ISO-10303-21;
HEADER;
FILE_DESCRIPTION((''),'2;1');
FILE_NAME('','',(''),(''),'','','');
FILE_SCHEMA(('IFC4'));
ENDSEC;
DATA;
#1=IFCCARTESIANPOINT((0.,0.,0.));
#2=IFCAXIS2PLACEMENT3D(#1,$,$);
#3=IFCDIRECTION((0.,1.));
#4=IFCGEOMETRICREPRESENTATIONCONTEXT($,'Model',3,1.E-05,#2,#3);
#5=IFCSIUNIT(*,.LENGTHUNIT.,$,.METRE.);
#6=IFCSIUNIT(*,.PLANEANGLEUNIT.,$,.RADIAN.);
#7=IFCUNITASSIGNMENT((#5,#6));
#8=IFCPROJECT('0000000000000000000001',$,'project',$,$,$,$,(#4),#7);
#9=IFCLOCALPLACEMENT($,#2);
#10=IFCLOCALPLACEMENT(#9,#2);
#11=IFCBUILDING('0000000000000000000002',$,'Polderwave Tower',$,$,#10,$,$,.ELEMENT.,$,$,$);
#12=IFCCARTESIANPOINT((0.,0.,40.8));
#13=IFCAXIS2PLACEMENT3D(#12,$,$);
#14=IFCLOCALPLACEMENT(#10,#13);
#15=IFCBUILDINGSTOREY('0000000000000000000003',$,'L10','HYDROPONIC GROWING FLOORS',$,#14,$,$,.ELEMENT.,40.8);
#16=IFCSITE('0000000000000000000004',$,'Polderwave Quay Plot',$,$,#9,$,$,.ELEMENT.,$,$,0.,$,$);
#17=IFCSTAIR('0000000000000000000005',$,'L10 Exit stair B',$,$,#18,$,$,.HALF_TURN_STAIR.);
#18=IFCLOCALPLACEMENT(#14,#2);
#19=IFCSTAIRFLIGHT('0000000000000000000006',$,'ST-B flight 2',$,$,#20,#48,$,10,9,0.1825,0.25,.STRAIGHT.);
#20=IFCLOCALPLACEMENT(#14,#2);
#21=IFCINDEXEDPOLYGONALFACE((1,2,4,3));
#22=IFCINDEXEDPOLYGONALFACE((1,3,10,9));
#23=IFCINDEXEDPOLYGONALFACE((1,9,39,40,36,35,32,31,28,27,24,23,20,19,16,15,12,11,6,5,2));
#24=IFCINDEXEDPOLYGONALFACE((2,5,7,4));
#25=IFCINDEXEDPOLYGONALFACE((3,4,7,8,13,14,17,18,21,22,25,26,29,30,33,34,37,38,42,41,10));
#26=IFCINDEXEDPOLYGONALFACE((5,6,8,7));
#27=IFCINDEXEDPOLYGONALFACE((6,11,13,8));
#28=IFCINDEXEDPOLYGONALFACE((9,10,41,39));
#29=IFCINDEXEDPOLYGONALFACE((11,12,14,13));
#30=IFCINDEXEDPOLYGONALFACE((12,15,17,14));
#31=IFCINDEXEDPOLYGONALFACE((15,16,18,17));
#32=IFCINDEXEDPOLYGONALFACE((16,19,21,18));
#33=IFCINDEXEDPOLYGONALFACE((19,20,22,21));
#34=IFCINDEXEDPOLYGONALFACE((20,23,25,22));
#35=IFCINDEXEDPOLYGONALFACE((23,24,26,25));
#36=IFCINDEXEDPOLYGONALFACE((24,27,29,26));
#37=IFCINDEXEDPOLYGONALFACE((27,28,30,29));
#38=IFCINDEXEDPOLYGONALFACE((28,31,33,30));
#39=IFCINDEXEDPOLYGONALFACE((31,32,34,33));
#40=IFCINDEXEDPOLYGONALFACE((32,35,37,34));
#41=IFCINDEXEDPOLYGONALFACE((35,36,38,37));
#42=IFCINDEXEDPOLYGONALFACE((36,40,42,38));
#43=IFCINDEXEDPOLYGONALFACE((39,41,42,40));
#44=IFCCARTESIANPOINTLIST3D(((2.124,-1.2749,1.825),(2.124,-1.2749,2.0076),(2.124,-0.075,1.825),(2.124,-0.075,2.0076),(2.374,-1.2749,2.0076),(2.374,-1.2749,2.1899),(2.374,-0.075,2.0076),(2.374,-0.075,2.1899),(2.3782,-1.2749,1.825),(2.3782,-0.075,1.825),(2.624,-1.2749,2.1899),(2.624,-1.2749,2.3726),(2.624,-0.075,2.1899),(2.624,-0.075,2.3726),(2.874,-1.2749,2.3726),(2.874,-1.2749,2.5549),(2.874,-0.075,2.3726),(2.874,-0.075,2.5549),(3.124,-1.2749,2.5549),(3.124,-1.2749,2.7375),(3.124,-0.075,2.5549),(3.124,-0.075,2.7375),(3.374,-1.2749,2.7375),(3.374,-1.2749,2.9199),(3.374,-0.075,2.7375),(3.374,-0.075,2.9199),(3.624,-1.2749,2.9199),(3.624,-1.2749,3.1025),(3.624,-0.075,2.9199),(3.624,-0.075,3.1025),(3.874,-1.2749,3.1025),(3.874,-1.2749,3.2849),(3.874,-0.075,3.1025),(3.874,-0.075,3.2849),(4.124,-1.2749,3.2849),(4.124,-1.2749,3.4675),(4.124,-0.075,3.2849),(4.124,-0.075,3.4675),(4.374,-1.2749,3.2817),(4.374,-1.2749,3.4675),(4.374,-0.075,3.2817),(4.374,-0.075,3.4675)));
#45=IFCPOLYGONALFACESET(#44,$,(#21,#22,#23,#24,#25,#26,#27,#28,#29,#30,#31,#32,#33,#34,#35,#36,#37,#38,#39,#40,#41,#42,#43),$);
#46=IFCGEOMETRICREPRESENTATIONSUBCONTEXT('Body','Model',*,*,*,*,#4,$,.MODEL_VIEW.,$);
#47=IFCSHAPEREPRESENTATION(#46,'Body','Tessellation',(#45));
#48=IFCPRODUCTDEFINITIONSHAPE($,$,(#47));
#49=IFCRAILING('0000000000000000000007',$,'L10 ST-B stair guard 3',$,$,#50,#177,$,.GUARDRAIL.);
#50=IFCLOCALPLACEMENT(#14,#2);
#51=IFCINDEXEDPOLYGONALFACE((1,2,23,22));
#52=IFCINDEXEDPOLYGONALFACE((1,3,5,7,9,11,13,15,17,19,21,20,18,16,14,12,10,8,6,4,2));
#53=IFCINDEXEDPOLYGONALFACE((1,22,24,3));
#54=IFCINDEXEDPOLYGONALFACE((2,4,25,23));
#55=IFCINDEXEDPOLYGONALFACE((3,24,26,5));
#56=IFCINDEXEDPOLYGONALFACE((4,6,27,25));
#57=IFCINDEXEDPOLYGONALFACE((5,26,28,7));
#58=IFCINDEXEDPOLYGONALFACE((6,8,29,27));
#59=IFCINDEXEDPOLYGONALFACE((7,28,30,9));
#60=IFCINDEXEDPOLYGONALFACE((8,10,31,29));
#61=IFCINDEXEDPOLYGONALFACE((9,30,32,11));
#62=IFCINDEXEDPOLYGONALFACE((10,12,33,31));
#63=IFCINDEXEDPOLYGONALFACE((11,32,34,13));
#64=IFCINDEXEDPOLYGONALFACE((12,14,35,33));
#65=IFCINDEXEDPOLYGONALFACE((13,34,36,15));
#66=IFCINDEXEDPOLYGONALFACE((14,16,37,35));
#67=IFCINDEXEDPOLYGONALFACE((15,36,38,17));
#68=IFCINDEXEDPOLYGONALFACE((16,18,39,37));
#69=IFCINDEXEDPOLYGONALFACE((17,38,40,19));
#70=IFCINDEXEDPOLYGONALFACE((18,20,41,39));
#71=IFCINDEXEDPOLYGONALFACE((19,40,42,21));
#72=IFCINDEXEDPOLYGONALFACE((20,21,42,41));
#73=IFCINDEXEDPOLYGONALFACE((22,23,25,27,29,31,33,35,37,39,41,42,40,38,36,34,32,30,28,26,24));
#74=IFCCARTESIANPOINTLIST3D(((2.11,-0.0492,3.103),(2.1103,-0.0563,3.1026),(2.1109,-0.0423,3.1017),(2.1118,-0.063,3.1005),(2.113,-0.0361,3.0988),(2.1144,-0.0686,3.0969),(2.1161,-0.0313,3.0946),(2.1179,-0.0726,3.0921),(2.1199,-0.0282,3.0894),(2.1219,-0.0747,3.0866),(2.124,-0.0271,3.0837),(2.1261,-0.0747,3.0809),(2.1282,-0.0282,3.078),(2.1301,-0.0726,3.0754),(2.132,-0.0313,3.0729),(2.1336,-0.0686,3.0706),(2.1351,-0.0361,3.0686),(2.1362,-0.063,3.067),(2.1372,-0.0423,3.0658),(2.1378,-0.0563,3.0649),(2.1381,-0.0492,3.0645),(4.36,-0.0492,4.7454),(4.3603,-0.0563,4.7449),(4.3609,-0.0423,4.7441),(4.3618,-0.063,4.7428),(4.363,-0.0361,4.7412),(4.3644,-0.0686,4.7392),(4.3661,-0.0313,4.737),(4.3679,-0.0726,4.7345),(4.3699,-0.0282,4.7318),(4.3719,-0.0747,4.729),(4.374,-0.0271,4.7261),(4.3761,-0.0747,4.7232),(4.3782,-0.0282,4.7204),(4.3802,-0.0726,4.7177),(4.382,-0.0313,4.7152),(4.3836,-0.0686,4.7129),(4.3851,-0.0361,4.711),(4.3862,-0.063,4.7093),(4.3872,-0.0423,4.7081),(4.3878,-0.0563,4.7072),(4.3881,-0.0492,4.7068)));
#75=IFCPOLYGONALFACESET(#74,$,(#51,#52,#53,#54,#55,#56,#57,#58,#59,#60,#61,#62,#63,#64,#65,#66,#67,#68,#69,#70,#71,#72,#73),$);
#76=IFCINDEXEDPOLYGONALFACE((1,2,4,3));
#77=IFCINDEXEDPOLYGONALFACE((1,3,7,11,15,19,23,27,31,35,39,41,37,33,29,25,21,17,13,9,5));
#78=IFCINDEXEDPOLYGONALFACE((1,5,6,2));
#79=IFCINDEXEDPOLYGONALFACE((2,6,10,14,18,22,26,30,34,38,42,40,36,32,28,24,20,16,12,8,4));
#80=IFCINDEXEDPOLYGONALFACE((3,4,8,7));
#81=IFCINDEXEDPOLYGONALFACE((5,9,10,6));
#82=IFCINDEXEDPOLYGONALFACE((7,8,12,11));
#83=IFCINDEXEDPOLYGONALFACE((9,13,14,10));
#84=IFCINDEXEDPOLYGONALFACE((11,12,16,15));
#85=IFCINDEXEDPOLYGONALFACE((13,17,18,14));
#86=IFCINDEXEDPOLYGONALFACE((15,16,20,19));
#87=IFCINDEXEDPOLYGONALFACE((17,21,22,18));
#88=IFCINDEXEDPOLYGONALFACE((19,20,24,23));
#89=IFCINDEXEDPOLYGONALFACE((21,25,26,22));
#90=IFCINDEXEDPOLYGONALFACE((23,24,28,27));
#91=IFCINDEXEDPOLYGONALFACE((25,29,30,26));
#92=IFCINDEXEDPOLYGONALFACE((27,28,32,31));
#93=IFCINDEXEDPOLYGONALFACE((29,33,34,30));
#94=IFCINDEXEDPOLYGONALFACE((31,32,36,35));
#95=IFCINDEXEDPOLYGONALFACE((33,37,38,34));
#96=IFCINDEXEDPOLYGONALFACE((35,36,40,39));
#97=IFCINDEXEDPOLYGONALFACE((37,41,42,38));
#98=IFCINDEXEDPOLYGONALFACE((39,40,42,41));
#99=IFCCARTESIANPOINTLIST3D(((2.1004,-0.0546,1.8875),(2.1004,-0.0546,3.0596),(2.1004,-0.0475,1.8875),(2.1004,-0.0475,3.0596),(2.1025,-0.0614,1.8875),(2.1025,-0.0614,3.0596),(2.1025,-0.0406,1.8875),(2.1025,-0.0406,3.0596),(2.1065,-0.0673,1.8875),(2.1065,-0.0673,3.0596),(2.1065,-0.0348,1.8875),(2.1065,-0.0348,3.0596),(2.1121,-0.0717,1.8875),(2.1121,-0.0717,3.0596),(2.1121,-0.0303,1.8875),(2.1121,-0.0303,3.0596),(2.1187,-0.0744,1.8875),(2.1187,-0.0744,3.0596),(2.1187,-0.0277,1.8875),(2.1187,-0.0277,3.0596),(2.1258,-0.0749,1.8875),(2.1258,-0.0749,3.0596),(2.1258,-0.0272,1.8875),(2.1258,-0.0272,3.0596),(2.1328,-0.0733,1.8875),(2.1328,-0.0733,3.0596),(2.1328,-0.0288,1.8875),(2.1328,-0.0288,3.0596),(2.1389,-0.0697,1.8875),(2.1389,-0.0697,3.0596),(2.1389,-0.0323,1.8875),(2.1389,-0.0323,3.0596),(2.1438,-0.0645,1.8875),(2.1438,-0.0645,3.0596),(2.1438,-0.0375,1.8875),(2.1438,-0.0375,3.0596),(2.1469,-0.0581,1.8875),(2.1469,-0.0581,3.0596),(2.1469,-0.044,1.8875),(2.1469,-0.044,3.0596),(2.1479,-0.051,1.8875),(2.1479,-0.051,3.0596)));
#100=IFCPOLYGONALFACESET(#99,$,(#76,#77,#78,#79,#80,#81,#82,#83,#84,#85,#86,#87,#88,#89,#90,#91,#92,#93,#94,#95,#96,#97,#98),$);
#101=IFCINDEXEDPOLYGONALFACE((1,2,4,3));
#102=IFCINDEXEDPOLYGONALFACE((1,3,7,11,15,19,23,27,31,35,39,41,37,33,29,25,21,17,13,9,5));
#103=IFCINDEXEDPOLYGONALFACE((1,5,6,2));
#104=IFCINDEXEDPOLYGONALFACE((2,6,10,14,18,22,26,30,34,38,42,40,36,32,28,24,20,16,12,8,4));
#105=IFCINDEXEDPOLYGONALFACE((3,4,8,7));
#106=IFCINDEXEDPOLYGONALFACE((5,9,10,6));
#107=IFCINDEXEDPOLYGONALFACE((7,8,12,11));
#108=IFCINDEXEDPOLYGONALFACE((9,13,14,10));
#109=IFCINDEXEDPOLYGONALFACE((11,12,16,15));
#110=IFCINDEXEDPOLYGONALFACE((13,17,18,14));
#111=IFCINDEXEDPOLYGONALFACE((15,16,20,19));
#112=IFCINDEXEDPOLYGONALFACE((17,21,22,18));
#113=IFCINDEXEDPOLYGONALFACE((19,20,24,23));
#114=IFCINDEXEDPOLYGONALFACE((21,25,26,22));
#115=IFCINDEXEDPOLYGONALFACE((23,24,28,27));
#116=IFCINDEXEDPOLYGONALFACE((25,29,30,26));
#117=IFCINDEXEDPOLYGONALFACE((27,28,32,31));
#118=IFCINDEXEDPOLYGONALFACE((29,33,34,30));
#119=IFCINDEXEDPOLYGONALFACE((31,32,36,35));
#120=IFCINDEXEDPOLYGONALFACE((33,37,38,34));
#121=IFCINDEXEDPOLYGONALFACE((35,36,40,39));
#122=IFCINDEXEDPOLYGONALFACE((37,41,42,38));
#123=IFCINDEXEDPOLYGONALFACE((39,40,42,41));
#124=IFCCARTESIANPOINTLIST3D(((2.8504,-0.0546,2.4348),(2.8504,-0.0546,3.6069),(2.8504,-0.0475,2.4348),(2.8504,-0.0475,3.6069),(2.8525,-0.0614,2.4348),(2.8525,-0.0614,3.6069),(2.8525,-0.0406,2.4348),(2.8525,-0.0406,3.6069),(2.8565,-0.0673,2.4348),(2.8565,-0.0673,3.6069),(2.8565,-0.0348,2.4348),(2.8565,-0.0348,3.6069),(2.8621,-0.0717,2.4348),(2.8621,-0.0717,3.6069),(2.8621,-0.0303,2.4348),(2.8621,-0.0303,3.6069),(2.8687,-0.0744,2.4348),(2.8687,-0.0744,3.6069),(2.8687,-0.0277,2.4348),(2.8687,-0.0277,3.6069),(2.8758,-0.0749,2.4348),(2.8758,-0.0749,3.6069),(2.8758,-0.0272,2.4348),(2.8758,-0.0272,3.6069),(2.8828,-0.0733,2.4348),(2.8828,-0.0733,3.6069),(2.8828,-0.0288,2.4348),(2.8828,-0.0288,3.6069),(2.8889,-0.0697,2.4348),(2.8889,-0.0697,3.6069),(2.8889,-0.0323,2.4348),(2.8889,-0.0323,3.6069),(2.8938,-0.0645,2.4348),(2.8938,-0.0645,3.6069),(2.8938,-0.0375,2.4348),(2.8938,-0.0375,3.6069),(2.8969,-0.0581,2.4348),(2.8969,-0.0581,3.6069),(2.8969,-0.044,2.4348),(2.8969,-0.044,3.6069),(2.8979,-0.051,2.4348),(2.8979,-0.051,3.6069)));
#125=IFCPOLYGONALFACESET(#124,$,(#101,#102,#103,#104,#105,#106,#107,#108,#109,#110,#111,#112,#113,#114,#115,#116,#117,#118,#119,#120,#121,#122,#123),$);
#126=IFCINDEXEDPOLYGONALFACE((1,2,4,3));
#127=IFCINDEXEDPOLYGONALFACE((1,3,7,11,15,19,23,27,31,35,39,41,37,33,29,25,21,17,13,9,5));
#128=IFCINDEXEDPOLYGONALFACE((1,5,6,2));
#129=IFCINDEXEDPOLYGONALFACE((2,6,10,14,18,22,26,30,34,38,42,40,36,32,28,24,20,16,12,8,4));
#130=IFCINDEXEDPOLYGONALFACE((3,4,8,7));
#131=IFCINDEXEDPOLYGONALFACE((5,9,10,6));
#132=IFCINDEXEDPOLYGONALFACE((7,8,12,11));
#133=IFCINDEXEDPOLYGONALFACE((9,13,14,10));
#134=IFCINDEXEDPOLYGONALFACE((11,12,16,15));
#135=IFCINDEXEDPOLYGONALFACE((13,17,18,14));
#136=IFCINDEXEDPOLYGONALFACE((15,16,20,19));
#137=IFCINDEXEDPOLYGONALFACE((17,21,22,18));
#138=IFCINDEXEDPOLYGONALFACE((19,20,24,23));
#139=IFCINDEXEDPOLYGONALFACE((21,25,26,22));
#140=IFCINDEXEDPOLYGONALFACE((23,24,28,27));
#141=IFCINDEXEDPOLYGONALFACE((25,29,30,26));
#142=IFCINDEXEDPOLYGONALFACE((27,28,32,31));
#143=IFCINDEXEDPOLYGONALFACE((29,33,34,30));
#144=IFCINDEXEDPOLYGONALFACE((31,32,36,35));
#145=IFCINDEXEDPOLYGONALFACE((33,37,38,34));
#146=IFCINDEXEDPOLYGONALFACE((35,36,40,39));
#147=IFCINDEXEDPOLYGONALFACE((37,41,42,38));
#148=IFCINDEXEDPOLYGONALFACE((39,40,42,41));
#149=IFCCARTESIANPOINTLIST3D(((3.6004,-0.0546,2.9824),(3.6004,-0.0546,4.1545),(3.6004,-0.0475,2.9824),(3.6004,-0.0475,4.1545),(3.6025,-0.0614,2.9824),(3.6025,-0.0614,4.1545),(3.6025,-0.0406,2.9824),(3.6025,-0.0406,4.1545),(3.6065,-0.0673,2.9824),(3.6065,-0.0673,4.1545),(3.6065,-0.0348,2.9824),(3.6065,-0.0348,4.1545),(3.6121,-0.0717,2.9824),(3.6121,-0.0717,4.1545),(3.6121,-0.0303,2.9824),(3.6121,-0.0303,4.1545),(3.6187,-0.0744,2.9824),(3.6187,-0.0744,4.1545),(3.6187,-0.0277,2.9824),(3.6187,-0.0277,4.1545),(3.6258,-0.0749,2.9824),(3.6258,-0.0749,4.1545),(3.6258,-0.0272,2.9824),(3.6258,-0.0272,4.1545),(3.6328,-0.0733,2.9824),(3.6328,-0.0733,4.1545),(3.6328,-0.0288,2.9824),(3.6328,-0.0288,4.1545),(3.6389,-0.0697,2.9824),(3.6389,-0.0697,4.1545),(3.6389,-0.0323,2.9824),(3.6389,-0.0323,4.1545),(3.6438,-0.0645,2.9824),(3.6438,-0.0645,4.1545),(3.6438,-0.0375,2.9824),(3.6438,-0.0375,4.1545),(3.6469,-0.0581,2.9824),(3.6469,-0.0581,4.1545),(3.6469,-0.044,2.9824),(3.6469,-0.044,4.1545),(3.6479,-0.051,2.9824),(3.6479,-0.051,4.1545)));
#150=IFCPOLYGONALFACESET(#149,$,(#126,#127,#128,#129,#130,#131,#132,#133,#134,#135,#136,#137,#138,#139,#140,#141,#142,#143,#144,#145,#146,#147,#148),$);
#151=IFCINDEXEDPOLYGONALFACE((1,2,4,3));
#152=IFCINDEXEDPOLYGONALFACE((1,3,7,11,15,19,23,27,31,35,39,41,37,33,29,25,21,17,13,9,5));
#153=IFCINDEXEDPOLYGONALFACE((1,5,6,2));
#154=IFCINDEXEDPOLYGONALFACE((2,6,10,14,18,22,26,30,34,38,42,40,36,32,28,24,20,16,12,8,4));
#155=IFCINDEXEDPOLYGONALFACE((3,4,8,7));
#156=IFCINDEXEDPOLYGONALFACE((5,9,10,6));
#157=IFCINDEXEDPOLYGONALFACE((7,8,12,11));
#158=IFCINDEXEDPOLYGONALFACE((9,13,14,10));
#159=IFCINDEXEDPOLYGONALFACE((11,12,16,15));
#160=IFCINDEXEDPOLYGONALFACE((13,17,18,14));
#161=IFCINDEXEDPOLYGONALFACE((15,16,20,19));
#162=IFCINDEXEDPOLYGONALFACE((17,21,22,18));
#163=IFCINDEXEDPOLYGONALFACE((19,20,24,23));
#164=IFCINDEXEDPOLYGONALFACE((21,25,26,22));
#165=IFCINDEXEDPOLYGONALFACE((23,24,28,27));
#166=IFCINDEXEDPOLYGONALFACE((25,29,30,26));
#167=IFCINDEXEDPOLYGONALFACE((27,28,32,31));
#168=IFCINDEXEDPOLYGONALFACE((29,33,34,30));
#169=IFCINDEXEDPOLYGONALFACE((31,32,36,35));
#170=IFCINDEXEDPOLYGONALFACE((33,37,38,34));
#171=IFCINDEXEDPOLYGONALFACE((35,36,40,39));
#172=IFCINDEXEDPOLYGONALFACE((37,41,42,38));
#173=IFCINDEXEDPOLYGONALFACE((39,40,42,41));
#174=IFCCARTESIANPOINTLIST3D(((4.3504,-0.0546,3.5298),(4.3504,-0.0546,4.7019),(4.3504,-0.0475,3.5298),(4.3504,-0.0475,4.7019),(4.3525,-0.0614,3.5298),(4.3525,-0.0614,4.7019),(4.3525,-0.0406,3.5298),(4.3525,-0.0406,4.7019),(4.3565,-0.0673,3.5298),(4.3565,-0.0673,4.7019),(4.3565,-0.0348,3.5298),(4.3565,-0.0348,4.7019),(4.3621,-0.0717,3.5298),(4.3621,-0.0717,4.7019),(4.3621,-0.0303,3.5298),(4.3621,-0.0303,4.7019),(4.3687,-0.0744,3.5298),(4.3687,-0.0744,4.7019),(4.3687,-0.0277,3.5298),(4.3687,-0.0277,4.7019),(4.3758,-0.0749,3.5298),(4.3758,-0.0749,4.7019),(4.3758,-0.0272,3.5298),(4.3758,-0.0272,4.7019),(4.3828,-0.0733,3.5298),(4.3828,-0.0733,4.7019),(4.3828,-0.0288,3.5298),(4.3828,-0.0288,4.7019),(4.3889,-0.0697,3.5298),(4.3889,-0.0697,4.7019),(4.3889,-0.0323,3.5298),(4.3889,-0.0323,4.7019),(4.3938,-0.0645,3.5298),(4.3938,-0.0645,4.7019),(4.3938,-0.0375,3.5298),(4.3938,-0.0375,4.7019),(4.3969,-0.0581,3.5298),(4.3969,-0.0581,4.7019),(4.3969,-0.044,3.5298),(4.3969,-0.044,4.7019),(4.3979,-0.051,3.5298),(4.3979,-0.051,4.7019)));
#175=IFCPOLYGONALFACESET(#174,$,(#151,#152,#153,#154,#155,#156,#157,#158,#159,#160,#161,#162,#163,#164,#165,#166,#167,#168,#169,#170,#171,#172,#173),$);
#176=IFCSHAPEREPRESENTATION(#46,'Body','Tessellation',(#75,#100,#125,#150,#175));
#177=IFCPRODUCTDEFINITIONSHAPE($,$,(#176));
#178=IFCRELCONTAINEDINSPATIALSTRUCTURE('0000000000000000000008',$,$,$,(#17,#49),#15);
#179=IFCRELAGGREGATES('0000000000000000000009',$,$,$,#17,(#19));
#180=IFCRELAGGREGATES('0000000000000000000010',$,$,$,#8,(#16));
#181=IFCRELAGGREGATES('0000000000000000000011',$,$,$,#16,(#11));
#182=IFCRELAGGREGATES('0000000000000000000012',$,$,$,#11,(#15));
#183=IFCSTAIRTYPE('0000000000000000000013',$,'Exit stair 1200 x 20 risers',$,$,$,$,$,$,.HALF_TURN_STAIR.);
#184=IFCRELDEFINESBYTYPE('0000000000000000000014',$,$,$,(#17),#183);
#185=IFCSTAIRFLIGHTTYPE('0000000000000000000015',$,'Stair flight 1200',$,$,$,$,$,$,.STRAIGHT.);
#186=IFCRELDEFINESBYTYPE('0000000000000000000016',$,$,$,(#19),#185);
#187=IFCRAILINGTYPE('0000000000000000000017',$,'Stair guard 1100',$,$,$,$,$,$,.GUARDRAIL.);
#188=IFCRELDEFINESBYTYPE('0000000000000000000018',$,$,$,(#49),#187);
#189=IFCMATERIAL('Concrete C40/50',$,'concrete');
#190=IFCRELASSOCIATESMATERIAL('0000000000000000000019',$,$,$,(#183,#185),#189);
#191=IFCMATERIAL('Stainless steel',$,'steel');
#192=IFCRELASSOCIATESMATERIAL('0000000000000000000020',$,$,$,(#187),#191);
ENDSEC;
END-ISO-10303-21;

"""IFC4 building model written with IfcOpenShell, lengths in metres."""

from ifc_helpers import new_model, si_unit, direction, frame, origin, origin_2d, place, context, subcontext, project, spatial, polyline, circle, outline, extrude, material, type_object, element, aggregate, save


model = new_model("IFC4")

# Units and contexts
model_context = context("Model", 3, precision=1e-05, world=origin(), true_north=direction((0.0, 1.0)))
body_context = subcontext(model_context, "Body", "Model", "MODEL_VIEW")
ifc_project = project(units=[si_unit("LENGTHUNIT", "METRE"), si_unit("PLANEANGLEUNIT", "RADIAN")], contexts=[model_context])

# Site, building, storey
site_placement = place(None, origin())
site = spatial("IfcSite", under=ifc_project, at=site_placement, Name="Polderwave Quay Plot", CompositionType="ELEMENT", RefElevation=0.0)
building_placement = place(site_placement, origin())
building = spatial("IfcBuilding", under=site, at=building_placement, Name="Polderwave Tower", CompositionType="ELEMENT")
storey_placement = place(building_placement, frame((0.0, 0.0, 40.8)))
storey = spatial("IfcBuildingStorey", under=building, at=storey_placement, Name="L10", Description="HYDROPONIC GROWING FLOORS", CompositionType="ELEMENT", Elevation=40.8)

# Stair, stair flight
ifc_material_1 = material(Name="Concrete C40/50", Category="concrete")
stair_type = type_object("IfcStairType", Name="Exit stair 1200 x 20 risers", PredefinedType="HALF_TURN_STAIR", material=ifc_material_1)
stair_placement = place(storey_placement, origin())
stair = element("IfcStair", 1, at=stair_placement, inside=storey, type_object=stair_type, Name="L10 Exit stair B", PredefinedType="HALF_TURN_STAIR")
stair_flight_type = type_object("IfcStairFlightType", Name="Stair flight 1200", PredefinedType="STRAIGHT", material=ifc_material_1)
stair_flight_placement = place(storey_placement, frame((2.124, -0.675, 1.825), z_axis=(0.0, 0.0, 1.0), x_axis=(1.0, 0.0, 0.0)))
stair_flight = element("IfcStairFlight", 2, at=stair_flight_placement, type_object=stair_flight_type, Name="ST-B flight 2", NumberOfRisers=10, NumberOfTreads=9, PredefinedType="STRAIGHT", RiserHeight=0.1825, TreadLength=0.25, context=body_context, shape_type="SweptSolid", body=[
    extrude(outline(polyline([(0.0, 0.0), (0.0, 0.1826), (0.25, 0.1826), (0.25, 0.365), (0.5, 0.365), (0.5, 0.5476), (0.75, 0.5476), (0.75, 0.73), (1.0, 0.73), (1.0, 0.9126), (1.25, 0.9126), (1.25, 1.095), (1.5, 1.095), (1.5, 1.2776), (1.75, 1.2776), (1.75, 1.46), (2.0, 1.46), (2.0, 1.6426), (2.25, 1.6426), (2.25, 1.825), (2.25, 1.4568), (0.2542, 0.0), (0.0, 0.0)])), frame((0.0, 0.6001, 0.0), z_axis=(0.0, -1.0, 0.0), x_axis=(1.0, 0.0, 0.0)), (0.0, 0.0, 1.0), 1.2),
])
aggregate(stair, [stair_flight])

# Railing
ifc_material_2 = material(Name="Stainless steel", Category="steel")
railing_type_1 = type_object("IfcRailingType", Name="Stair guard 1100", PredefinedType="GUARDRAIL", material=ifc_material_2)
railing_1_placement = place(storey_placement, frame((2.124, -0.051, 1.8875)))
element("IfcRailing", 3, at=railing_1_placement, inside=storey, type_object=railing_type_1, Name="L10 ST-B stair guard 3", PredefinedType="GUARDRAIL", context=body_context, shape_type="SweptSolid", body=[
    extrude(circle(Radius=0.0239, at=origin_2d()), frame((0.0, 0.0, 1.1963), z_axis=(0.807715, 0.0, 0.589573), x_axis=(0.0, 1.0, 0.0)), (0.0, 0.0, 1.0), 2.7856),
    extrude(circle(Radius=0.0239, at=origin_2d()), origin(), (0.0, 0.0, 1.0), 1.1721),
    extrude(circle(Radius=0.0239, at=origin_2d()), frame((0.75, 0.0, 0.5474)), (0.0, 0.0, 1.0), 1.1721),
    extrude(circle(Radius=0.0239, at=origin_2d()), frame((1.5, 0.0, 1.095)), (0.0, 0.0, 1.0), 1.1721),
    extrude(circle(Radius=0.0239, at=origin_2d()), frame((2.25, 0.0, 1.6423)), (0.0, 0.0, 1.0), 1.1721),
])

save(model, "model.ifc")
